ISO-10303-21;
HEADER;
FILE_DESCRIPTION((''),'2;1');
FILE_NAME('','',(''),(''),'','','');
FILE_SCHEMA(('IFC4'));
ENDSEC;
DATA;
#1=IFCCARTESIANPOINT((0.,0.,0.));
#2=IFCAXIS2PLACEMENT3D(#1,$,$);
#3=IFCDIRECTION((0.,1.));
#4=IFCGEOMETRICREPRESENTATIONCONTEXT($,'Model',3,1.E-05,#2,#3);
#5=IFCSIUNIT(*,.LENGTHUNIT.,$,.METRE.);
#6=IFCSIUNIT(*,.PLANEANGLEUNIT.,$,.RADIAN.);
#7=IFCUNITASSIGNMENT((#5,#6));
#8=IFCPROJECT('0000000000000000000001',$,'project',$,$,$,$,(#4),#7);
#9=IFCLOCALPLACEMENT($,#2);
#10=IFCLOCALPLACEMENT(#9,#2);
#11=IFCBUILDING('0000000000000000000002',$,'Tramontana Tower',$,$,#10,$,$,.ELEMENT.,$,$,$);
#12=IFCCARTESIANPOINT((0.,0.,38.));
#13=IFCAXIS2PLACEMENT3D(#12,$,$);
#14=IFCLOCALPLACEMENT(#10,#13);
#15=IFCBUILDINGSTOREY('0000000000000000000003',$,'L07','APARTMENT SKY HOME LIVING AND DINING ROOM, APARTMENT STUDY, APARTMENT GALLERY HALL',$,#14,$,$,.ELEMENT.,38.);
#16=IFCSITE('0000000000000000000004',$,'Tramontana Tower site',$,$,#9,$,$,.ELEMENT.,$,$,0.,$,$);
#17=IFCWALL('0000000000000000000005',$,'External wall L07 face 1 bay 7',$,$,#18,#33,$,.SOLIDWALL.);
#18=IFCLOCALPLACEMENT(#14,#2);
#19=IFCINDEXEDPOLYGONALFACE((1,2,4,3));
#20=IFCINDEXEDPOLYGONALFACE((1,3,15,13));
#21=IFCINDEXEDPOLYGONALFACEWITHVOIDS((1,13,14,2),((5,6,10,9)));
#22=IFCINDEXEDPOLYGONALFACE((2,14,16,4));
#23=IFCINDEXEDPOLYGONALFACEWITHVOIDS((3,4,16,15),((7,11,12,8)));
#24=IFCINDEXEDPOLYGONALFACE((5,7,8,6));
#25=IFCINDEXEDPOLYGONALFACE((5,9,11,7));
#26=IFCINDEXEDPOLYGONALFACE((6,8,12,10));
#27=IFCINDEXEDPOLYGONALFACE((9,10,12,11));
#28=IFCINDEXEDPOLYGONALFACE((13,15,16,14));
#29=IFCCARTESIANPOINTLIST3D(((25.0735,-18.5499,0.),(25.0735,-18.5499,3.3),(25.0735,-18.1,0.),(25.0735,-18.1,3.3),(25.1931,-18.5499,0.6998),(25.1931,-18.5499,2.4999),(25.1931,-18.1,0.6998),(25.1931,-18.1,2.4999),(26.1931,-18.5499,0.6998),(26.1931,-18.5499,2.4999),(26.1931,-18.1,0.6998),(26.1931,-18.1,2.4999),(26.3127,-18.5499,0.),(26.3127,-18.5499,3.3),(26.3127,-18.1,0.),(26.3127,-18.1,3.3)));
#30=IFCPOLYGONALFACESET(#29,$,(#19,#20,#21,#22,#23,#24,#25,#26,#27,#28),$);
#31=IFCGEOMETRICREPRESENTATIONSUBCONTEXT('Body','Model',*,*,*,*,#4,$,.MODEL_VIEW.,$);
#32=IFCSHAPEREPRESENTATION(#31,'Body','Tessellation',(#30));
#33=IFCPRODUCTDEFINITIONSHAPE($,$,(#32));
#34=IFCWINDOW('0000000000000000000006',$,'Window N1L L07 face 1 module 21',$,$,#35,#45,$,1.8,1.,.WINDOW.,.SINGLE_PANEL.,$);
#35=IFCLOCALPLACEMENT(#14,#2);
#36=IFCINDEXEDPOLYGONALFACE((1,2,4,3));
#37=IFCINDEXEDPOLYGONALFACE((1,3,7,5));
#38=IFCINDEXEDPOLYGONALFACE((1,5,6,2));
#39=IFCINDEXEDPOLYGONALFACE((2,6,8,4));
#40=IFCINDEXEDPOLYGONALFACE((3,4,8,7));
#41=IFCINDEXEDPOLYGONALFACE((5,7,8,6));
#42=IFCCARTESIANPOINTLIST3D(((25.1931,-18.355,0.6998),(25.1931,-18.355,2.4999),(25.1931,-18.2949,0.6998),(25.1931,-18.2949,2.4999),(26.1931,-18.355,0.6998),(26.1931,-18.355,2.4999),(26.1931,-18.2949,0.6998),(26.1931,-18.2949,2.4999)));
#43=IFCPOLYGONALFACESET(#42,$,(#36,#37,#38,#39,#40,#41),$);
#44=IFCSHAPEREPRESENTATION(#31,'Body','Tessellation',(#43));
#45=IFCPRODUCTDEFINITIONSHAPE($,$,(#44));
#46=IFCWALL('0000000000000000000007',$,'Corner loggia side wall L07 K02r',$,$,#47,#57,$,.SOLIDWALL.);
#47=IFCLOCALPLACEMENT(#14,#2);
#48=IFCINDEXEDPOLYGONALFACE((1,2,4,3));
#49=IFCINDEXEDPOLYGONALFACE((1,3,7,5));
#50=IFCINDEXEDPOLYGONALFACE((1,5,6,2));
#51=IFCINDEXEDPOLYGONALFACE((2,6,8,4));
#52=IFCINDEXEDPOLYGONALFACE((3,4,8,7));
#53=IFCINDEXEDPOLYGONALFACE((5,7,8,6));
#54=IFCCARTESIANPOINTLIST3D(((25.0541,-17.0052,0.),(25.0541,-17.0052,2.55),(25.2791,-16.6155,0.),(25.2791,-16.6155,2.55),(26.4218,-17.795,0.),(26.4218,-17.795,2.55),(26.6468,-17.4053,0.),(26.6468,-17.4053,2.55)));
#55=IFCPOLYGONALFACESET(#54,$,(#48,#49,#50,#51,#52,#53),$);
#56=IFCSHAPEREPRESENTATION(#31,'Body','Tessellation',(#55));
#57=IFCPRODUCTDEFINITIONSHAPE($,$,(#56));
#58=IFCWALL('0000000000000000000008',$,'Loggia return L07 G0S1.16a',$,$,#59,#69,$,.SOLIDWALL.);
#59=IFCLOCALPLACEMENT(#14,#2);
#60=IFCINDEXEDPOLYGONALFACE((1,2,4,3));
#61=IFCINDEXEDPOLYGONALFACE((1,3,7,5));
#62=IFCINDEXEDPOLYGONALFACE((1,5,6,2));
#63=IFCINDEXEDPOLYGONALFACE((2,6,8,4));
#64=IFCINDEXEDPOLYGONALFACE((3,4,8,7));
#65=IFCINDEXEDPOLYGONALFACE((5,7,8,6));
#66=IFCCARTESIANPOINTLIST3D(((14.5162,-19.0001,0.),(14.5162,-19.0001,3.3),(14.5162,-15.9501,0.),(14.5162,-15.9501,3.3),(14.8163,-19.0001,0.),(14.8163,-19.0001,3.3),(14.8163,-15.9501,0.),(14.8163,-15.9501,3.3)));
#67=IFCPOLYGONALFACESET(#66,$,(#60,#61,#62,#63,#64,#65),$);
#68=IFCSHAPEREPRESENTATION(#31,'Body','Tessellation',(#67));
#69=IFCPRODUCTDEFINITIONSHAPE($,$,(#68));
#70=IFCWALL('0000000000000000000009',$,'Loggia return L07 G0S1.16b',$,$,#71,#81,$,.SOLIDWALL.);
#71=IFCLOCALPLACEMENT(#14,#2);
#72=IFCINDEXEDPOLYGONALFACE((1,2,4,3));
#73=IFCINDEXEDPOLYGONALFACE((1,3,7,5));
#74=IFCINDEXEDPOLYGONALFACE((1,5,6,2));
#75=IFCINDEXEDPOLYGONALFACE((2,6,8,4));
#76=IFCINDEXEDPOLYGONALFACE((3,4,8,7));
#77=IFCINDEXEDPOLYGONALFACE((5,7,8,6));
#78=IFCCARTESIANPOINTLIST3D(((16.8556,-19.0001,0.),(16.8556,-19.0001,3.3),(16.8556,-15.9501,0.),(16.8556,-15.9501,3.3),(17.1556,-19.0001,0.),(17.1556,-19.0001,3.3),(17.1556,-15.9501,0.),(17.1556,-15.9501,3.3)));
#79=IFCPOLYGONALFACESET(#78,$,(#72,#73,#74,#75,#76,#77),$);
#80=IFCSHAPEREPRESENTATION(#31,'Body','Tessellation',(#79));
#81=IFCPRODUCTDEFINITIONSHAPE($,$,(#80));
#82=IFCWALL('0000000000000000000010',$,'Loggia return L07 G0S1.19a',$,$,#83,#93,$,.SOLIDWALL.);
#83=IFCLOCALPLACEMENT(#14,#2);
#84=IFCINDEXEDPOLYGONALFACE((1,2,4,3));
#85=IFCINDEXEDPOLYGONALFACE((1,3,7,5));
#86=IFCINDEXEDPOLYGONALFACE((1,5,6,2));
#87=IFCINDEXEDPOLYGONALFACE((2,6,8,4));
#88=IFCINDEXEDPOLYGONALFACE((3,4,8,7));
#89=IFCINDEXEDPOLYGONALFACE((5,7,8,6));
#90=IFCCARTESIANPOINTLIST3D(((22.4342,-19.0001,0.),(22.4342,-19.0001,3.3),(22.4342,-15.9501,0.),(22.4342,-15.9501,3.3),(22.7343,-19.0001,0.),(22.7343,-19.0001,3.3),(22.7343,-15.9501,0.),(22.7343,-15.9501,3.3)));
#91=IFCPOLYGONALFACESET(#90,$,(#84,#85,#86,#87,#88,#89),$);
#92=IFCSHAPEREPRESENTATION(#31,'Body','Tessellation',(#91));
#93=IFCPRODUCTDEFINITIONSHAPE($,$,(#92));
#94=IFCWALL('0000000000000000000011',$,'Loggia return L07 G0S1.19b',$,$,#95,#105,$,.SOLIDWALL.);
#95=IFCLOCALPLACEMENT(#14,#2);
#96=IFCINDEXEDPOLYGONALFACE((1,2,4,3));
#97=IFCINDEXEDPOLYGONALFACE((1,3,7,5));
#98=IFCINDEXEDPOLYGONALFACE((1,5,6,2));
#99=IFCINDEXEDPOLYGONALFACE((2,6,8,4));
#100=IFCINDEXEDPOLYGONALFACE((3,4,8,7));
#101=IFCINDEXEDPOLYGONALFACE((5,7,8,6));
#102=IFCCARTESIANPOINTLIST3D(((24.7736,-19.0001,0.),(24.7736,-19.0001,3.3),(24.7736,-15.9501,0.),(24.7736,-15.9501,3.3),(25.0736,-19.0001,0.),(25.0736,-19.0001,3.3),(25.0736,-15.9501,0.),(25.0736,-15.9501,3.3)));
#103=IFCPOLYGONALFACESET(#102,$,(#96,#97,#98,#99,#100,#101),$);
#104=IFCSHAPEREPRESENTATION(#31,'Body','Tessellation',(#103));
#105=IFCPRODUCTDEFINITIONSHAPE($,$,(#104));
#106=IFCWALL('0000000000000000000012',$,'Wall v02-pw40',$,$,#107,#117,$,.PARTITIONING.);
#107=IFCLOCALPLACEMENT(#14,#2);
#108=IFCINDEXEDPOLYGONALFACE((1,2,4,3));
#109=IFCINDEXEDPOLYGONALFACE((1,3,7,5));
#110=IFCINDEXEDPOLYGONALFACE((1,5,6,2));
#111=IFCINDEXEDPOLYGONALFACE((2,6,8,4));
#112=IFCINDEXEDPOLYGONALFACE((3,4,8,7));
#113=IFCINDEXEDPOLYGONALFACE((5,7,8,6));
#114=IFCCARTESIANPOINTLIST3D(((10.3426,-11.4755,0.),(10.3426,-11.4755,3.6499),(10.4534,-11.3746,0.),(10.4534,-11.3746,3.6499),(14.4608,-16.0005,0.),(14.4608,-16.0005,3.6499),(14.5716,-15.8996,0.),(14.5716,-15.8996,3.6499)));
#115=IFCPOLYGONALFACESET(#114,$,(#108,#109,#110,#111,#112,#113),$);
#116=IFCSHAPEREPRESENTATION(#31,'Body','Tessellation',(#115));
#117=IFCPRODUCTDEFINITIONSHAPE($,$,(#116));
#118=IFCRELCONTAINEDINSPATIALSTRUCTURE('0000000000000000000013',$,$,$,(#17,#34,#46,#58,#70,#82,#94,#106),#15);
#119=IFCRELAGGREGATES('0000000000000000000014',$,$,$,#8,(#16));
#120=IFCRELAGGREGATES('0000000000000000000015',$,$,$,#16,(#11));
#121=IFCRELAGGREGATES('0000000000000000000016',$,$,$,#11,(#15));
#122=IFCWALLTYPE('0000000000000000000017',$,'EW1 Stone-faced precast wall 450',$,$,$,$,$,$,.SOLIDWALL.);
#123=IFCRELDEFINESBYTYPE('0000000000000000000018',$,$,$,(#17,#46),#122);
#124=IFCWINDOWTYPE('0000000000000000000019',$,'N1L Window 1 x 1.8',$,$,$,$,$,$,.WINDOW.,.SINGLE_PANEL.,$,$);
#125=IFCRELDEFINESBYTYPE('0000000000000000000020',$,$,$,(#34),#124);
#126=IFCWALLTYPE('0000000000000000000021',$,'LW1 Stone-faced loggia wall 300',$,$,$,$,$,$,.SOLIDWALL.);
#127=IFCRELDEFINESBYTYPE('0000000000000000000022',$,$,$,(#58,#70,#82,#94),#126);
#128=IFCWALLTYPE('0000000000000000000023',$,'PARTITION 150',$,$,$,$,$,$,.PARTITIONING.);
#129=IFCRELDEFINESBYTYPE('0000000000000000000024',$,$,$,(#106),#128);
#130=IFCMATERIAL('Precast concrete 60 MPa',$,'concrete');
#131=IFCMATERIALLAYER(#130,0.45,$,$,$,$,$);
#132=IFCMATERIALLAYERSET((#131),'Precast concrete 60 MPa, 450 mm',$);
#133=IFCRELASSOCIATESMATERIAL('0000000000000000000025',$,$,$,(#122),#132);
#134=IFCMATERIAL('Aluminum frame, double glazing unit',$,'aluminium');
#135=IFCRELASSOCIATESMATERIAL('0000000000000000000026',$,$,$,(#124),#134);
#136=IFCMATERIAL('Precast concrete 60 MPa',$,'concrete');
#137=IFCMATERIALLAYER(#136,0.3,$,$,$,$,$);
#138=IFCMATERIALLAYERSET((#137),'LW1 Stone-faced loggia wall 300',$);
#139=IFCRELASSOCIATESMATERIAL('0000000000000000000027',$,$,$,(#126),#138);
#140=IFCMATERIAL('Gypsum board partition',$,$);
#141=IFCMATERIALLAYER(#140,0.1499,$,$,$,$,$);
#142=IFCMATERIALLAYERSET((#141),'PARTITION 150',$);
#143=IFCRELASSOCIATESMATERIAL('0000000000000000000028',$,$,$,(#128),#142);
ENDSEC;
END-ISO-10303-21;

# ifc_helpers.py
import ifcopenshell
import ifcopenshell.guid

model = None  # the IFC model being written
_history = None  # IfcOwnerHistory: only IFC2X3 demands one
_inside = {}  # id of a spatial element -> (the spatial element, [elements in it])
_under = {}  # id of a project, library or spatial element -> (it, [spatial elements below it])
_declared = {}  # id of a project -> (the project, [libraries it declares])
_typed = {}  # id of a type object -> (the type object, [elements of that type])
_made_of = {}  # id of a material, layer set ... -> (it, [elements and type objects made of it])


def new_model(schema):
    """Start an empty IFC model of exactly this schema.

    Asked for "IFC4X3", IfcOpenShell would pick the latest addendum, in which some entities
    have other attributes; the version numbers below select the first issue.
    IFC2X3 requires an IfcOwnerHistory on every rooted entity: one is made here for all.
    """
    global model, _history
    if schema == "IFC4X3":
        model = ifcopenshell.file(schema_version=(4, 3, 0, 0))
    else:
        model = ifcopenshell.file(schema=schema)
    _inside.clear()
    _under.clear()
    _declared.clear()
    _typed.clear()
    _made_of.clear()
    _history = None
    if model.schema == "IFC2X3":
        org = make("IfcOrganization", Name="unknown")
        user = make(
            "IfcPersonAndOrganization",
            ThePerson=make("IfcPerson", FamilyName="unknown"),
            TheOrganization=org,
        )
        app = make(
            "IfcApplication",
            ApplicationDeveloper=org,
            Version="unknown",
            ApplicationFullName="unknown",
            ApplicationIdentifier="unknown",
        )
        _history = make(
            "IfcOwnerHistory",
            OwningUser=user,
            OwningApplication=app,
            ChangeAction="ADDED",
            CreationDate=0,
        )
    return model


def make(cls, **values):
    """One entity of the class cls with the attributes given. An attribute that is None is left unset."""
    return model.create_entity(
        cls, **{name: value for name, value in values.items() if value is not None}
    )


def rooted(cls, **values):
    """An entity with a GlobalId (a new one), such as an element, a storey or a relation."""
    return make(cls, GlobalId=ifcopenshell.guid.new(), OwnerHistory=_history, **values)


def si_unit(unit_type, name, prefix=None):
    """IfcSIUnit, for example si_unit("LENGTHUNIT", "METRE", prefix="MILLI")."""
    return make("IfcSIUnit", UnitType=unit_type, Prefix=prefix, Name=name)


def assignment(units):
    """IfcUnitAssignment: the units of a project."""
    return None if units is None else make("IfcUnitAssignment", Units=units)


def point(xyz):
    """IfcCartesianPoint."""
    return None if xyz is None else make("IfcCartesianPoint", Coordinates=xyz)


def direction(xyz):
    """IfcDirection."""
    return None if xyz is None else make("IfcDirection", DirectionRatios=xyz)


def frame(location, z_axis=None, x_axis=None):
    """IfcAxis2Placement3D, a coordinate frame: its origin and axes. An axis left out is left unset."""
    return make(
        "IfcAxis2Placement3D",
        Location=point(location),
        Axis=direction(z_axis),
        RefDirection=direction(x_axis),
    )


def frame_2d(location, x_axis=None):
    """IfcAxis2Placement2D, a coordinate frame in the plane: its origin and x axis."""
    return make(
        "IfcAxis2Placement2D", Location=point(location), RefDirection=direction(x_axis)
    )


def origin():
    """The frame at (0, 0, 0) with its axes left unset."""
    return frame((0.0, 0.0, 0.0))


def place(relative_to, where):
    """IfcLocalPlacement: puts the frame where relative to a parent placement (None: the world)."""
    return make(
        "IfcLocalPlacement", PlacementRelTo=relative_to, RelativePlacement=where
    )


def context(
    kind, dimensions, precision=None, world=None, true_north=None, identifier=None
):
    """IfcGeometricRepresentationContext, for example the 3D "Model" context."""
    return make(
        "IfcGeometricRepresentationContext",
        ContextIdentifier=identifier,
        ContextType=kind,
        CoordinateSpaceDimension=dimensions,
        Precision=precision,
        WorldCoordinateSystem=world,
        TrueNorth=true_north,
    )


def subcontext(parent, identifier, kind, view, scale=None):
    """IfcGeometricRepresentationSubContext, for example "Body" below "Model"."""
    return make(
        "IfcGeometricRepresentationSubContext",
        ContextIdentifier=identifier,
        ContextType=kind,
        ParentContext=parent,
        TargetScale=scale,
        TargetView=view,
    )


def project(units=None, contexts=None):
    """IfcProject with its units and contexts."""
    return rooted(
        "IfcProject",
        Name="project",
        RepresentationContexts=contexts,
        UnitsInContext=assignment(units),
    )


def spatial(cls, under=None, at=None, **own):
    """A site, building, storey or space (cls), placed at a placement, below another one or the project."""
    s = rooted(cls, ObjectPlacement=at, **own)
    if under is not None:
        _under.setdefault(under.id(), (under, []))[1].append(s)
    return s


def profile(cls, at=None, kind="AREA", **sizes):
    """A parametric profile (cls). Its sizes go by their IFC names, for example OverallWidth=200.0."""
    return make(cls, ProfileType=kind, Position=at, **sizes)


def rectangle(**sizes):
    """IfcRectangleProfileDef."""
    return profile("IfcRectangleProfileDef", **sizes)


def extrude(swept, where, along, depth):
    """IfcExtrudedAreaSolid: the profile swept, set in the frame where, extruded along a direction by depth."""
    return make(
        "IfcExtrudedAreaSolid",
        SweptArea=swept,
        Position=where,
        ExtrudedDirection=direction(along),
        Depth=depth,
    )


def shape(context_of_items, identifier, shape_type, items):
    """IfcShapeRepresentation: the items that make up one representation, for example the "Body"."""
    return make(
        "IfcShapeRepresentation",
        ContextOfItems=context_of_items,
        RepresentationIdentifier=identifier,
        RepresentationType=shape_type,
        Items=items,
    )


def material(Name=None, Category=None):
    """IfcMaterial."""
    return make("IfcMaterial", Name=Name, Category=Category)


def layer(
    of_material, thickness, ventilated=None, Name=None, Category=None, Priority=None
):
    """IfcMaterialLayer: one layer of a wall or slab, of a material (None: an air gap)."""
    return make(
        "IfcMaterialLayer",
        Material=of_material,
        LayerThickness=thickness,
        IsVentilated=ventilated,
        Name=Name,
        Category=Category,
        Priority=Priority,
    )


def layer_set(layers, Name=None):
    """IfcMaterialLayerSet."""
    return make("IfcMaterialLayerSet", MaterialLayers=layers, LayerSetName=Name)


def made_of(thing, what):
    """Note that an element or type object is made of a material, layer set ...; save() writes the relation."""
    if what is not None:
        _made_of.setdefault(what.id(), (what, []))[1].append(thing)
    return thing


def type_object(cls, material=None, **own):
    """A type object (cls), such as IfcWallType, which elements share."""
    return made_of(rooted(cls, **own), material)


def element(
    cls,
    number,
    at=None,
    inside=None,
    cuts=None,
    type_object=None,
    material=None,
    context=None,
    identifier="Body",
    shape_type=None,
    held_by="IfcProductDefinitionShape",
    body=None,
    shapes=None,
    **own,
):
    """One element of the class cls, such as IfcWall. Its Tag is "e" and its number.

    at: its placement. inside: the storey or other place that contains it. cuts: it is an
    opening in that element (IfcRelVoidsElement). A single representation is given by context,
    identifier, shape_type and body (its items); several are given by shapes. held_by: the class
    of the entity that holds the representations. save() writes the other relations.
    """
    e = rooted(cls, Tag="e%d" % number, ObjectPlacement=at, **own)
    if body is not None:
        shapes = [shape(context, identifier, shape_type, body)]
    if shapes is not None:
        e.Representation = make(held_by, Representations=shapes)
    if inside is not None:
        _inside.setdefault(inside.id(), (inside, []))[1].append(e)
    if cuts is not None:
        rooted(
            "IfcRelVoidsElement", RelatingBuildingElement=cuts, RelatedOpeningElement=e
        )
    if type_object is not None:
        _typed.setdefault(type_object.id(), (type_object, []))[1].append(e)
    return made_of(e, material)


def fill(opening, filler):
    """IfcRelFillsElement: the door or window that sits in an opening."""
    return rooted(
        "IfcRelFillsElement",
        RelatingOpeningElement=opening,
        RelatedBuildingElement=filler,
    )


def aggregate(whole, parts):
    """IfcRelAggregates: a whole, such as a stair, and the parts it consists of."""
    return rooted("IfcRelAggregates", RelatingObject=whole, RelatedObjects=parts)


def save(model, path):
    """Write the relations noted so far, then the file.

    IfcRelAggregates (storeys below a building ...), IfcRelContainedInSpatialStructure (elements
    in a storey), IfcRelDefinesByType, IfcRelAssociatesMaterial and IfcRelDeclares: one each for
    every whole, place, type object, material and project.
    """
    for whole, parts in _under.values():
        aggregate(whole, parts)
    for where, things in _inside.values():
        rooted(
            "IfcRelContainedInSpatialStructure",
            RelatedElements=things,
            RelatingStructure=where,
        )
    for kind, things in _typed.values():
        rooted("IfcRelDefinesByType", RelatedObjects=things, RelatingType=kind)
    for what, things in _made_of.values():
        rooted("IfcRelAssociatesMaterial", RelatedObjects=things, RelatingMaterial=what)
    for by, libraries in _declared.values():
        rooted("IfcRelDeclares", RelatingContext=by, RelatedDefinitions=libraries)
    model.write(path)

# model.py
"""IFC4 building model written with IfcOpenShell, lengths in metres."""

from ifc_helpers import new_model, si_unit, direction, frame, frame_2d, origin, place, context, subcontext, project, spatial, rectangle, extrude, material, layer, layer_set, type_object, element, fill, save


model = new_model("IFC4")

# Units and contexts
model_context = context("Model", 3, precision=1e-05, world=origin(), true_north=direction((0.0, 1.0)))
body_context = subcontext(model_context, "Body", "Model", "MODEL_VIEW")
ifc_project = project(units=[si_unit("LENGTHUNIT", "METRE"), si_unit("PLANEANGLEUNIT", "RADIAN")], contexts=[model_context])

# Site, building, storey
site_placement = place(None, origin())
site = spatial("IfcSite", under=ifc_project, at=site_placement, Name="Tramontana Tower site", CompositionType="ELEMENT", RefElevation=0.0)
building_placement = place(site_placement, origin())
building = spatial("IfcBuilding", under=site, at=building_placement, Name="Tramontana Tower", CompositionType="ELEMENT")
storey_placement = place(building_placement, frame((0.0, 0.0, 38.0)))
storey = spatial("IfcBuildingStorey", under=building, at=storey_placement, Name="L07", Description="APARTMENT SKY HOME LIVING AND DINING ROOM, APARTMENT STUDY, APARTMENT GALLERY HALL", CompositionType="ELEMENT", Elevation=38.0)

# Wall, opening, window
ifc_material_1 = material(Name="Precast concrete 60 MPa", Category="concrete")
ifc_layer_1 = layer(ifc_material_1, 0.45)
ifc_layer_set_1 = layer_set([ifc_layer_1], Name="Precast concrete 60 MPa, 450 mm")
wall_type_1 = type_object("IfcWallType", Name="EW1 Stone-faced precast wall 450", PredefinedType="SOLIDWALL", material=ifc_layer_set_1)
wall_1_placement = place(storey_placement, frame((25.0735, -18.325, 0.0), z_axis=(0.0, 0.0, 1.0), x_axis=(1.0, 0.0, 0.0)))
wall_1 = element("IfcWall", 1, at=wall_1_placement, inside=storey, type_object=wall_type_1, Name="External wall L07 face 1 bay 7", PredefinedType="SOLIDWALL", context=body_context, shape_type="SweptSolid", body=[
    extrude(rectangle(XDim=1.2393, YDim=0.45, at=frame_2d((0.6196, 0.0))), origin(), (0.0, 0.0, 1.0), 3.3),
])
opening_1_placement = place(wall_1_placement, frame((0.1196, 0.0, 0.7)))
opening_1 = element("IfcOpeningElement", 2, at=opening_1_placement, cuts=wall_1, PredefinedType="OPENING", context=body_context, shape_type="SweptSolid", body=[
    extrude(rectangle(XDim=1.0, YDim=1.8, at=frame_2d((0.5, 0.8999))), frame((0.0, 0.2349, 0.0), z_axis=(0.0, -1.0, 0.0), x_axis=(1.0, 0.0, 0.0)), (0.0, 0.0, 1.0), 0.47),
])
ifc_material_2 = material(Name="Aluminum frame, double glazing unit", Category="aluminium")
window_type_1 = type_object("IfcWindowType", Name="N1L Window 1 x 1.8", PartitioningType="SINGLE_PANEL", PredefinedType="WINDOW", material=ifc_material_2)
window_1_placement = place(opening_1_placement, origin())
window_1 = element("IfcWindow", 3, at=window_1_placement, inside=storey, type_object=window_type_1, Name="Window N1L L07 face 1 module 21", OverallHeight=1.8, OverallWidth=1.0, PartitioningType="SINGLE_PANEL", PredefinedType="WINDOW", context=body_context, shape_type="SweptSolid", body=[
    extrude(rectangle(XDim=1.0, YDim=1.8, at=frame_2d((0.5, 0.8999))), frame((0.0, 0.03, 0.0), z_axis=(0.0, -1.0, 0.0), x_axis=(1.0, 0.0, 0.0)), (0.0, 0.0, 1.0), 0.0601),
])
fill(opening_1, window_1)

# Wall
wall_2_placement = place(storey_placement, frame((26.5342, -17.6001, 0.0), z_axis=(0.0, 0.0, 1.0), x_axis=(-0.86598, 0.500079, 0.0)))
element("IfcWall", 4, at=wall_2_placement, inside=storey, type_object=wall_type_1, Name="Corner loggia side wall L07 K02r", PredefinedType="SOLIDWALL", context=body_context, shape_type="SweptSolid", body=[
    extrude(rectangle(XDim=1.5793, YDim=0.45, at=frame_2d((0.7896, 0.0))), origin(), (0.0, 0.0, 1.0), 2.55),
])

# Shared definitions
ifc_material_3 = material(Name="Precast concrete 60 MPa", Category="concrete")
ifc_layer_2 = layer(ifc_material_3, 0.3)
ifc_layer_set_2 = layer_set([ifc_layer_2], Name="LW1 Stone-faced loggia wall 300")
wall_type_2 = type_object("IfcWallType", Name="LW1 Stone-faced loggia wall 300", PredefinedType="SOLIDWALL", material=ifc_layer_set_2)

# Walls
for number, where, z_axis, x_axis, name in (
    (5, (14.6663, -19.0, 0.0), (0.0, 0.0, 1.0), (0.0, 1.0, 0.0), "Loggia return L07 G0S1.16a"),
    (6, (17.0056, -19.0, 0.0), (0.0, 0.0, 1.0), (0.0, 1.0, 0.0), "Loggia return L07 G0S1.16b"),
):
    element("IfcWall", number, at=place(storey_placement, frame(where, z_axis=z_axis, x_axis=x_axis)), inside=storey, type_object=wall_type_2, Name=name, PredefinedType="SOLIDWALL", context=body_context, shape_type="SweptSolid", body=[
        extrude(rectangle(XDim=3.05, YDim=0.3, at=frame_2d((1.5249, 0.0))), origin(), (0.0, 0.0, 1.0), 3.3),
    ])

# Walls
for number, where, z_axis, x_axis, name in (
    (7, (22.5842, -19.0, 0.0), (0.0, 0.0, 1.0), (0.0, 1.0, 0.0), "Loggia return L07 G0S1.19a"),
    (8, (24.9236, -19.0, 0.0), (0.0, 0.0, 1.0), (0.0, 1.0, 0.0), "Loggia return L07 G0S1.19b"),
):
    element("IfcWall", number, at=place(storey_placement, frame(where, z_axis=z_axis, x_axis=x_axis)), inside=storey, type_object=wall_type_2, Name=name, PredefinedType="SOLIDWALL", context=body_context, shape_type="SweptSolid", body=[
        extrude(rectangle(XDim=3.05, YDim=0.3, at=frame_2d((1.5249, 0.0))), origin(), (0.0, 0.0, 1.0), 3.3),
    ])
ifc_material_4 = material(Name="Gypsum board partition")
ifc_layer_3 = layer(ifc_material_4, 0.1499)
ifc_layer_set_3 = layer_set([ifc_layer_3], Name="PARTITION 150")
wall_type_3 = type_object("IfcWallType", Name="PARTITION 150", PredefinedType="PARTITIONING", material=ifc_layer_set_3)
wall_3_placement = place(storey_placement, frame((14.5161, -15.95, 0.0), z_axis=(0.0, 0.0, 1.0), x_axis=(-0.673086, 0.739564, 0.0)))
element("IfcWall", 9, at=wall_3_placement, inside=storey, type_object=wall_type_3, Name="Wall v02-pw40", PredefinedType="PARTITIONING", context=body_context, shape_type="SweptSolid", body=[
    extrude(rectangle(XDim=6.1184, YDim=0.1499, at=frame_2d((3.0591, 0.0))), origin(), (0.0, 0.0, 1.0), 3.6499),
])

save(model, "model.ifc")
